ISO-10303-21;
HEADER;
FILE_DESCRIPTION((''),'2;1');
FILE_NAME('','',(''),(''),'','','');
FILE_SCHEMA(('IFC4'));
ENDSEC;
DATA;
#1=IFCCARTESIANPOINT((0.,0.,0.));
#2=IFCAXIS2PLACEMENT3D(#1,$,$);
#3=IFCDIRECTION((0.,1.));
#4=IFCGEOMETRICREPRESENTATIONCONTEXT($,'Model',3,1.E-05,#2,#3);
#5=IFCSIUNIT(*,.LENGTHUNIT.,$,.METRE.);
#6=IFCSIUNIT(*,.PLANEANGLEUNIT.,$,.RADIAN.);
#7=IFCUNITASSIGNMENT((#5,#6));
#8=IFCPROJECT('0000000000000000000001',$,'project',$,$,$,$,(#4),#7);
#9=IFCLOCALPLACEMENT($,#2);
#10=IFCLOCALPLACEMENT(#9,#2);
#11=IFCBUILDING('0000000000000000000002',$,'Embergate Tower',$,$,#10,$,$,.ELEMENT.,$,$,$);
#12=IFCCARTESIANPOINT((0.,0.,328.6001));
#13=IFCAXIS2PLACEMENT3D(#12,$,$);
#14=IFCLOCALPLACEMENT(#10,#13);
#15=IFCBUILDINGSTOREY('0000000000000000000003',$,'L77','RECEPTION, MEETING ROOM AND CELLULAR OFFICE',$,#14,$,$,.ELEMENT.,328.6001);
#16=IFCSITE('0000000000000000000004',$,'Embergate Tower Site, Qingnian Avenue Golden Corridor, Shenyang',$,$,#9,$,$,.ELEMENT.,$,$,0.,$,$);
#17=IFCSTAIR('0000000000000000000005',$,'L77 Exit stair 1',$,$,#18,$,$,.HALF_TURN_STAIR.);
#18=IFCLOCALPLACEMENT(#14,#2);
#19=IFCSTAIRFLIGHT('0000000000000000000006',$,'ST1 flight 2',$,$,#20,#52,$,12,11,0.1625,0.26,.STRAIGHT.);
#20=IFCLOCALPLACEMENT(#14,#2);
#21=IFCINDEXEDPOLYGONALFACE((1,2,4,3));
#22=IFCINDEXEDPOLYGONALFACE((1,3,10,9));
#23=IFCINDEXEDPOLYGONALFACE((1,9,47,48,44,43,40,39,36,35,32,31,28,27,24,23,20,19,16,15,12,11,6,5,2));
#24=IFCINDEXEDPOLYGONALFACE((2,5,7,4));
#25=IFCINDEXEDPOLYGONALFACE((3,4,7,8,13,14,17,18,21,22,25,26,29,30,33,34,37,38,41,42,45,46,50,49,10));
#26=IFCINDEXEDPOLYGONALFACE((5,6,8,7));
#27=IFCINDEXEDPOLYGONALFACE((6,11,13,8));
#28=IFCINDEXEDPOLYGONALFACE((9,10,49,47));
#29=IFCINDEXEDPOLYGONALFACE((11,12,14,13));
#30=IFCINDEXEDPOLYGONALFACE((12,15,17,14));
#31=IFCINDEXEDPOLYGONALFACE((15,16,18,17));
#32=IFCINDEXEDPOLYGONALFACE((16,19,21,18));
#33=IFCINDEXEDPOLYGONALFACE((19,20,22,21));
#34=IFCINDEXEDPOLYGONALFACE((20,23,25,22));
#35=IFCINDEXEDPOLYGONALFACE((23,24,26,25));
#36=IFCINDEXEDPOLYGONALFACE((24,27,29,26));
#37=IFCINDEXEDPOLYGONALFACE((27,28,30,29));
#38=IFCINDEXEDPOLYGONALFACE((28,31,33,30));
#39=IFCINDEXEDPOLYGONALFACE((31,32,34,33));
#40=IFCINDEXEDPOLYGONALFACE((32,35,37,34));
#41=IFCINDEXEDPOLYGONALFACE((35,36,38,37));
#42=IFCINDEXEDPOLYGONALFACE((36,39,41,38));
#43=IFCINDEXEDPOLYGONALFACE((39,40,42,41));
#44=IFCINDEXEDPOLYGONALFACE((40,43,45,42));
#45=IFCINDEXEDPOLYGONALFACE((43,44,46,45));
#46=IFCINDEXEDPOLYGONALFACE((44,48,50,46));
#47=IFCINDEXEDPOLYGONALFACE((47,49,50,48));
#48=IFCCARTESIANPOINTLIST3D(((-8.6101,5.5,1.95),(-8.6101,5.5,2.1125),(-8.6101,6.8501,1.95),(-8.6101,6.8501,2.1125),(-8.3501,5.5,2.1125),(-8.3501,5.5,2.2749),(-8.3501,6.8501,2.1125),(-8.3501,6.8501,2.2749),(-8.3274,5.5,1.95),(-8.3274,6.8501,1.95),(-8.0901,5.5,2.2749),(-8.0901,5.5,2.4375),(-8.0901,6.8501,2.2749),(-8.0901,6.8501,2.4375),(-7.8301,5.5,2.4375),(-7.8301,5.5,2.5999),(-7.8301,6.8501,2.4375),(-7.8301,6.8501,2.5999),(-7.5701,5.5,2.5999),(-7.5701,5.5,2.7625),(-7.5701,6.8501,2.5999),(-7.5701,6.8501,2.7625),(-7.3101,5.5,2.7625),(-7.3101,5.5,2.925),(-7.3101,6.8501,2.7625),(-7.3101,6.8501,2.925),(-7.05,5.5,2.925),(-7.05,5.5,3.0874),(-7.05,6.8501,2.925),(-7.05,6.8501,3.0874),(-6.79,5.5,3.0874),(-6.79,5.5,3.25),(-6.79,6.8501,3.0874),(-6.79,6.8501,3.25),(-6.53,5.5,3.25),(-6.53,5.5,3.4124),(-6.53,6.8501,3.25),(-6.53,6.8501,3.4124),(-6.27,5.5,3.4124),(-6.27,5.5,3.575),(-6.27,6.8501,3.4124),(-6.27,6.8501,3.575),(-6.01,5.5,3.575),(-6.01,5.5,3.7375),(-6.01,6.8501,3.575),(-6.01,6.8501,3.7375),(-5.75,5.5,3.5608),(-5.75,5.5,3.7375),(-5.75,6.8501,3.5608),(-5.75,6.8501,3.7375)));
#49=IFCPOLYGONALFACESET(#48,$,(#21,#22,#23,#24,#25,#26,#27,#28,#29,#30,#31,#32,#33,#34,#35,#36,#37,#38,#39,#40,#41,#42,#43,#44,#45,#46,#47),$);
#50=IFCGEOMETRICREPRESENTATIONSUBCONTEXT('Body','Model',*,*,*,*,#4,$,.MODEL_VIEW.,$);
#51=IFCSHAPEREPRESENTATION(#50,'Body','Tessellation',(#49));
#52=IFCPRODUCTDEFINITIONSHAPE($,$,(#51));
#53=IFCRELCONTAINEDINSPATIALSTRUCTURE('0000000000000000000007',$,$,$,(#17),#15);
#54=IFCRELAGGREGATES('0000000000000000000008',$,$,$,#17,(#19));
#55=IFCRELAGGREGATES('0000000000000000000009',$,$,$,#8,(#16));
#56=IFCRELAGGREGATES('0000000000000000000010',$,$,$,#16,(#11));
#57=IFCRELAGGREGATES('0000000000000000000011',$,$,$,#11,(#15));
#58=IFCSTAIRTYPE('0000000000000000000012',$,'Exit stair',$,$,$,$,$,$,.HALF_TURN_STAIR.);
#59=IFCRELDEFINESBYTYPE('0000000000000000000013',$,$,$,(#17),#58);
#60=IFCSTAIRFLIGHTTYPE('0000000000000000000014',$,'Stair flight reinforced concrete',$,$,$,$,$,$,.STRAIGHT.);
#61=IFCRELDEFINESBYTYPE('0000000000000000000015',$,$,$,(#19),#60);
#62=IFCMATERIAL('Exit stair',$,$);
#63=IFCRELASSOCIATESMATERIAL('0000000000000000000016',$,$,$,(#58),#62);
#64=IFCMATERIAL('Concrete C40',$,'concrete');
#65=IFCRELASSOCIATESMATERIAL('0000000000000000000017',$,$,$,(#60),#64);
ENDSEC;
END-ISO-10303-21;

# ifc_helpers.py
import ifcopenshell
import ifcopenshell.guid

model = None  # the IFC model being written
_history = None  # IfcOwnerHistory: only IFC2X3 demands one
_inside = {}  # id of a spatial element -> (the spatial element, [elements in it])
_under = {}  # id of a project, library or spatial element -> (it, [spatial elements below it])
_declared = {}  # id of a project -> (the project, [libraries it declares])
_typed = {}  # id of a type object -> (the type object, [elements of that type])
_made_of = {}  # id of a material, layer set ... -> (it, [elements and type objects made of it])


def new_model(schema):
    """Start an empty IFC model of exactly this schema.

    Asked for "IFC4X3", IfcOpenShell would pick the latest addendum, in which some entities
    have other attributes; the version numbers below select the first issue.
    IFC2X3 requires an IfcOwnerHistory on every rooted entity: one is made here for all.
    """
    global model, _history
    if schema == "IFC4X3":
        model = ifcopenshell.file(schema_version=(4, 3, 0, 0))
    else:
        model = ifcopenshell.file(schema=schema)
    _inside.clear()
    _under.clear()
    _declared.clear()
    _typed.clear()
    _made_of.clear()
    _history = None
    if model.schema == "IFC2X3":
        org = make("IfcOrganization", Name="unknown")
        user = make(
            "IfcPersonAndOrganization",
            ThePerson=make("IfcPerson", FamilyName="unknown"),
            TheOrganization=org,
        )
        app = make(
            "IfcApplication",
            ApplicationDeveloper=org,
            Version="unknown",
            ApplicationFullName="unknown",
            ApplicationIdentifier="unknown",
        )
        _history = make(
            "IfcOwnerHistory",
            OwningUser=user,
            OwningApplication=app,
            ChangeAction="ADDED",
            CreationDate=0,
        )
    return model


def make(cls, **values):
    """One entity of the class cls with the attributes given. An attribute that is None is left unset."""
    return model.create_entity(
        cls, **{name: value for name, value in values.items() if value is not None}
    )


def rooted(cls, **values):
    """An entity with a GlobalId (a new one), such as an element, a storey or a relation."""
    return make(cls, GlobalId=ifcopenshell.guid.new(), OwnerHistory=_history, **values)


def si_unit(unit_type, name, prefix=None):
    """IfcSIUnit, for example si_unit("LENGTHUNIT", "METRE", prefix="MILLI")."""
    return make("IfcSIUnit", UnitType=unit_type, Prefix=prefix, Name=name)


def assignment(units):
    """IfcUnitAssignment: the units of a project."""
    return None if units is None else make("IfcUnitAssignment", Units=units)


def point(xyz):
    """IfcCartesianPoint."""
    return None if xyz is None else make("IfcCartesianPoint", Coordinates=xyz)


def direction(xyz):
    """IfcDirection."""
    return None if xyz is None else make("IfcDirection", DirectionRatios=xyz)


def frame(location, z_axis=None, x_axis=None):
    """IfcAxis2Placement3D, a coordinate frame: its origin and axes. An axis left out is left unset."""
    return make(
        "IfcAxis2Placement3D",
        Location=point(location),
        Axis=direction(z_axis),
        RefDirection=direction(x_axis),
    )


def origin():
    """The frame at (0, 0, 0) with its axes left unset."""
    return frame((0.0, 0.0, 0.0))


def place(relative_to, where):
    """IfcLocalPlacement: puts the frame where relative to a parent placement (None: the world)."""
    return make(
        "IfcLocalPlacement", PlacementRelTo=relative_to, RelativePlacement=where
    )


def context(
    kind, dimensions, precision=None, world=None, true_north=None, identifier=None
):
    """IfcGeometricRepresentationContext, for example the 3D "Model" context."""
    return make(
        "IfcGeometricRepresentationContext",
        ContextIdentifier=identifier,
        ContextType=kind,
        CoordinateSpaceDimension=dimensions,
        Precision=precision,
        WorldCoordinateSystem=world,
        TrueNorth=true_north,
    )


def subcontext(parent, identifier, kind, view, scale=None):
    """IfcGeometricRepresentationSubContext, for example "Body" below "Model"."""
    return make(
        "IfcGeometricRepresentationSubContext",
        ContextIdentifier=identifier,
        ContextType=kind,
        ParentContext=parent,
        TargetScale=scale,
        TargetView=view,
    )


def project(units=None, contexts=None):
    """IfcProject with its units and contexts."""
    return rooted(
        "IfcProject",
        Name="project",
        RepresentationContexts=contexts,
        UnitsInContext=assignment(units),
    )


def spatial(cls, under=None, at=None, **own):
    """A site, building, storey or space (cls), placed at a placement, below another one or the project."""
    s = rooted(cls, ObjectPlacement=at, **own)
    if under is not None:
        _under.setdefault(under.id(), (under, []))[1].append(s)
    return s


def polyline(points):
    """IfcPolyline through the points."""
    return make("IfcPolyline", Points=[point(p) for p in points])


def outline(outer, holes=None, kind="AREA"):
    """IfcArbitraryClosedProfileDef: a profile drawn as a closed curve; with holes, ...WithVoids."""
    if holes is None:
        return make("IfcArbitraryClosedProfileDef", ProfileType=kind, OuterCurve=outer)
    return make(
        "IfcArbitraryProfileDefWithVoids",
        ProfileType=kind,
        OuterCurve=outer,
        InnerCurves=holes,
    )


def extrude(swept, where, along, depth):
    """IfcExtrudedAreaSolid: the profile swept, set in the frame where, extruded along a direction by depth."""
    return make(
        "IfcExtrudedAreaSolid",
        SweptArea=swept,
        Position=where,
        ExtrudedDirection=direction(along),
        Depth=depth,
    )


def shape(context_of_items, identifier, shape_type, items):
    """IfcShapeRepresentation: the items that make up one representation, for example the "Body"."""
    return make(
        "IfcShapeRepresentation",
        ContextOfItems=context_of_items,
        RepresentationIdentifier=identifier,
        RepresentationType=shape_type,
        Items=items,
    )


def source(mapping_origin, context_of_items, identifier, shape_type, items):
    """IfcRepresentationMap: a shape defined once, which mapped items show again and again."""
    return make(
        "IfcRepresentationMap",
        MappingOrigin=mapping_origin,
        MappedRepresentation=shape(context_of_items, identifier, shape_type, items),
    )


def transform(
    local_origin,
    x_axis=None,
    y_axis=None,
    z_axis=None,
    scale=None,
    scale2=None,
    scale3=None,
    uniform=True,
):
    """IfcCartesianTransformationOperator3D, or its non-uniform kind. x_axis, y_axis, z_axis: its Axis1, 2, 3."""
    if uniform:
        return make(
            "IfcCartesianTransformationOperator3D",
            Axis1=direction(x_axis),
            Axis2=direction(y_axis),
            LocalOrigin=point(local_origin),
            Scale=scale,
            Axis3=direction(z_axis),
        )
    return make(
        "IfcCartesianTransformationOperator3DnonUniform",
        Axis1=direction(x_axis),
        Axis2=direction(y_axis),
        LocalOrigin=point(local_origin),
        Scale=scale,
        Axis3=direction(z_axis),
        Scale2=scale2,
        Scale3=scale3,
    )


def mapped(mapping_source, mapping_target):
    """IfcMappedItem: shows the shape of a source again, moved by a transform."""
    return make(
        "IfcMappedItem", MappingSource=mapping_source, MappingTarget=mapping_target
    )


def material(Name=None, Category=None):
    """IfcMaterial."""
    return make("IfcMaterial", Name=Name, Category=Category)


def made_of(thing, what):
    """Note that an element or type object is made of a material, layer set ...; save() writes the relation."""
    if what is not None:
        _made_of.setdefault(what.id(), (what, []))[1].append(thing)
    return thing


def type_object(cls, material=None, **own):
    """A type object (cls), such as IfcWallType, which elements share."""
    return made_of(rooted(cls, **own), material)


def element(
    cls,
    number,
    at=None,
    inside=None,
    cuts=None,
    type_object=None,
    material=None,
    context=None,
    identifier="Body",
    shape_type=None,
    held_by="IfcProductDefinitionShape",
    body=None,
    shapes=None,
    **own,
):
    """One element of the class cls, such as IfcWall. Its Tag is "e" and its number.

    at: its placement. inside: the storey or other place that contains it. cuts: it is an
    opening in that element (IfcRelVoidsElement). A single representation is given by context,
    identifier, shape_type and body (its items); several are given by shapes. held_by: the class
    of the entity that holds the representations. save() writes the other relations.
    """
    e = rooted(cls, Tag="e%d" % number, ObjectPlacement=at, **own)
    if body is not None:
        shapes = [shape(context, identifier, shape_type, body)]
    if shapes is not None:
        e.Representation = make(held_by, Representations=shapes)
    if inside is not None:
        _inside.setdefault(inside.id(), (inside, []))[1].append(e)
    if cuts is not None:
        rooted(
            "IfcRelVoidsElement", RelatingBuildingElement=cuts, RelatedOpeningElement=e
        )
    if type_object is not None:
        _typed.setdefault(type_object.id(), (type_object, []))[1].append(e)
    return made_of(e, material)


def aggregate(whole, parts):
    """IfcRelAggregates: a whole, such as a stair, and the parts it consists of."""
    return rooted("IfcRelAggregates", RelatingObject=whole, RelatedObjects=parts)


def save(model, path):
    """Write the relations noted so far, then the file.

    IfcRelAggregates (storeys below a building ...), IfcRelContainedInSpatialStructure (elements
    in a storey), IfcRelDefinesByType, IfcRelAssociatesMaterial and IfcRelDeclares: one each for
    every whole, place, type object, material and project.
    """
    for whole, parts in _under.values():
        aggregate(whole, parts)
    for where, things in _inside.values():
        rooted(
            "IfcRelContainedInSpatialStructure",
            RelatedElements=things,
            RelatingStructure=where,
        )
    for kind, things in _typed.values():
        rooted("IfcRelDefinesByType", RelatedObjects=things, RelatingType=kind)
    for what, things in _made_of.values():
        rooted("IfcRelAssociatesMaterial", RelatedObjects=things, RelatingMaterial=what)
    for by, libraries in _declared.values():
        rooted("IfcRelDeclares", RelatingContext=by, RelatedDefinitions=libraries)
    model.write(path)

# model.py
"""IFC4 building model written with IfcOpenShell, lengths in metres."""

from ifc_helpers import new_model, si_unit, direction, frame, origin, place, context, subcontext, project, spatial, polyline, outline, extrude, source, transform, mapped, material, type_object, element, aggregate, save


model = new_model("IFC4")

# Units and contexts
model_context = context("Model", 3, precision=1e-05, world=origin(), true_north=direction((0.0, 1.0)))
body_context = subcontext(model_context, "Body", "Model", "MODEL_VIEW")
ifc_project = project(units=[si_unit("LENGTHUNIT", "METRE"), si_unit("PLANEANGLEUNIT", "RADIAN")], contexts=[model_context])

# Site, building, storey
site_placement = place(None, origin())
site = spatial("IfcSite", under=ifc_project, at=site_placement, Name="Embergate Tower Site, Qingnian Avenue Golden Corridor, Shenyang", CompositionType="ELEMENT", RefElevation=0.0)
building_placement = place(site_placement, origin())
building = spatial("IfcBuilding", under=site, at=building_placement, Name="Embergate Tower", CompositionType="ELEMENT")
storey_placement = place(building_placement, frame((0.0, 0.0, 328.6001)))
storey = spatial("IfcBuildingStorey", under=building, at=storey_placement, Name="L77", Description="RECEPTION, MEETING ROOM AND CELLULAR OFFICE", CompositionType="ELEMENT", Elevation=328.6001)

# Stair
ifc_material_1 = material(Name="Exit stair")
stair_type = type_object("IfcStairType", Name="Exit stair", PredefinedType="HALF_TURN_STAIR", material=ifc_material_1)
stair_placement = place(storey_placement, origin())
stair = element("IfcStair", 1, at=stair_placement, inside=storey, type_object=stair_type, Name="L77 Exit stair 1", PredefinedType="HALF_TURN_STAIR")
ifc_material_2 = material(Name="Concrete C40", Category="concrete")

# Stair flight
stair_flight_type = type_object("IfcStairFlightType", Name="Stair flight reinforced concrete", PredefinedType="STRAIGHT", material=ifc_material_2)
shared_shape_1 = source(origin(), body_context, "Body", "SweptSolid", [
    extrude(outline(polyline([(0.0, 0.0), (0.0, 0.1626), (0.26, 0.1626), (0.26, 0.325), (0.52, 0.325), (0.52, 0.4875), (0.78, 0.4875), (0.78, 0.6499), (1.04, 0.6499), (1.04, 0.8125), (1.3, 0.8125), (1.3, 0.9751), (1.5601, 0.9751), (1.5601, 1.1375), (1.8201, 1.1375), (1.8201, 1.3), (2.0801, 1.3), (2.0801, 1.4624), (2.3401, 1.4624), (2.3401, 1.625), (2.6001, 1.625), (2.6001, 1.7876), (2.8601, 1.7876), (2.8601, 1.95), (2.8601, 1.6108), (0.2827, 0.0), (0.0, 0.0)])), frame((0.0, 0.675, 0.0), z_axis=(0.0, -1.0, 0.0), x_axis=(1.0, 0.0, 0.0)), (0.0, 0.0, 1.0), 1.3501),
])
stair_flight_1_placement = place(storey_placement, frame((-8.6101, 6.175, 1.95), z_axis=(0.0, 0.0, 1.0), x_axis=(1.0, 0.0, 0.0)))
stair_flight_1 = element("IfcStairFlight", 2, at=stair_flight_1_placement, type_object=stair_flight_type, Name="ST1 flight 2", NumberOfRisers=12, NumberOfTreads=11, PredefinedType="STRAIGHT", RiserHeight=0.1625, TreadLength=0.26, context=body_context, shape_type="MappedRepresentation", body=[
    mapped(shared_shape_1, transform((0.0, 0.0, 0.0))),
])
aggregate(stair, [stair_flight_1])

save(model, "model.ifc")
